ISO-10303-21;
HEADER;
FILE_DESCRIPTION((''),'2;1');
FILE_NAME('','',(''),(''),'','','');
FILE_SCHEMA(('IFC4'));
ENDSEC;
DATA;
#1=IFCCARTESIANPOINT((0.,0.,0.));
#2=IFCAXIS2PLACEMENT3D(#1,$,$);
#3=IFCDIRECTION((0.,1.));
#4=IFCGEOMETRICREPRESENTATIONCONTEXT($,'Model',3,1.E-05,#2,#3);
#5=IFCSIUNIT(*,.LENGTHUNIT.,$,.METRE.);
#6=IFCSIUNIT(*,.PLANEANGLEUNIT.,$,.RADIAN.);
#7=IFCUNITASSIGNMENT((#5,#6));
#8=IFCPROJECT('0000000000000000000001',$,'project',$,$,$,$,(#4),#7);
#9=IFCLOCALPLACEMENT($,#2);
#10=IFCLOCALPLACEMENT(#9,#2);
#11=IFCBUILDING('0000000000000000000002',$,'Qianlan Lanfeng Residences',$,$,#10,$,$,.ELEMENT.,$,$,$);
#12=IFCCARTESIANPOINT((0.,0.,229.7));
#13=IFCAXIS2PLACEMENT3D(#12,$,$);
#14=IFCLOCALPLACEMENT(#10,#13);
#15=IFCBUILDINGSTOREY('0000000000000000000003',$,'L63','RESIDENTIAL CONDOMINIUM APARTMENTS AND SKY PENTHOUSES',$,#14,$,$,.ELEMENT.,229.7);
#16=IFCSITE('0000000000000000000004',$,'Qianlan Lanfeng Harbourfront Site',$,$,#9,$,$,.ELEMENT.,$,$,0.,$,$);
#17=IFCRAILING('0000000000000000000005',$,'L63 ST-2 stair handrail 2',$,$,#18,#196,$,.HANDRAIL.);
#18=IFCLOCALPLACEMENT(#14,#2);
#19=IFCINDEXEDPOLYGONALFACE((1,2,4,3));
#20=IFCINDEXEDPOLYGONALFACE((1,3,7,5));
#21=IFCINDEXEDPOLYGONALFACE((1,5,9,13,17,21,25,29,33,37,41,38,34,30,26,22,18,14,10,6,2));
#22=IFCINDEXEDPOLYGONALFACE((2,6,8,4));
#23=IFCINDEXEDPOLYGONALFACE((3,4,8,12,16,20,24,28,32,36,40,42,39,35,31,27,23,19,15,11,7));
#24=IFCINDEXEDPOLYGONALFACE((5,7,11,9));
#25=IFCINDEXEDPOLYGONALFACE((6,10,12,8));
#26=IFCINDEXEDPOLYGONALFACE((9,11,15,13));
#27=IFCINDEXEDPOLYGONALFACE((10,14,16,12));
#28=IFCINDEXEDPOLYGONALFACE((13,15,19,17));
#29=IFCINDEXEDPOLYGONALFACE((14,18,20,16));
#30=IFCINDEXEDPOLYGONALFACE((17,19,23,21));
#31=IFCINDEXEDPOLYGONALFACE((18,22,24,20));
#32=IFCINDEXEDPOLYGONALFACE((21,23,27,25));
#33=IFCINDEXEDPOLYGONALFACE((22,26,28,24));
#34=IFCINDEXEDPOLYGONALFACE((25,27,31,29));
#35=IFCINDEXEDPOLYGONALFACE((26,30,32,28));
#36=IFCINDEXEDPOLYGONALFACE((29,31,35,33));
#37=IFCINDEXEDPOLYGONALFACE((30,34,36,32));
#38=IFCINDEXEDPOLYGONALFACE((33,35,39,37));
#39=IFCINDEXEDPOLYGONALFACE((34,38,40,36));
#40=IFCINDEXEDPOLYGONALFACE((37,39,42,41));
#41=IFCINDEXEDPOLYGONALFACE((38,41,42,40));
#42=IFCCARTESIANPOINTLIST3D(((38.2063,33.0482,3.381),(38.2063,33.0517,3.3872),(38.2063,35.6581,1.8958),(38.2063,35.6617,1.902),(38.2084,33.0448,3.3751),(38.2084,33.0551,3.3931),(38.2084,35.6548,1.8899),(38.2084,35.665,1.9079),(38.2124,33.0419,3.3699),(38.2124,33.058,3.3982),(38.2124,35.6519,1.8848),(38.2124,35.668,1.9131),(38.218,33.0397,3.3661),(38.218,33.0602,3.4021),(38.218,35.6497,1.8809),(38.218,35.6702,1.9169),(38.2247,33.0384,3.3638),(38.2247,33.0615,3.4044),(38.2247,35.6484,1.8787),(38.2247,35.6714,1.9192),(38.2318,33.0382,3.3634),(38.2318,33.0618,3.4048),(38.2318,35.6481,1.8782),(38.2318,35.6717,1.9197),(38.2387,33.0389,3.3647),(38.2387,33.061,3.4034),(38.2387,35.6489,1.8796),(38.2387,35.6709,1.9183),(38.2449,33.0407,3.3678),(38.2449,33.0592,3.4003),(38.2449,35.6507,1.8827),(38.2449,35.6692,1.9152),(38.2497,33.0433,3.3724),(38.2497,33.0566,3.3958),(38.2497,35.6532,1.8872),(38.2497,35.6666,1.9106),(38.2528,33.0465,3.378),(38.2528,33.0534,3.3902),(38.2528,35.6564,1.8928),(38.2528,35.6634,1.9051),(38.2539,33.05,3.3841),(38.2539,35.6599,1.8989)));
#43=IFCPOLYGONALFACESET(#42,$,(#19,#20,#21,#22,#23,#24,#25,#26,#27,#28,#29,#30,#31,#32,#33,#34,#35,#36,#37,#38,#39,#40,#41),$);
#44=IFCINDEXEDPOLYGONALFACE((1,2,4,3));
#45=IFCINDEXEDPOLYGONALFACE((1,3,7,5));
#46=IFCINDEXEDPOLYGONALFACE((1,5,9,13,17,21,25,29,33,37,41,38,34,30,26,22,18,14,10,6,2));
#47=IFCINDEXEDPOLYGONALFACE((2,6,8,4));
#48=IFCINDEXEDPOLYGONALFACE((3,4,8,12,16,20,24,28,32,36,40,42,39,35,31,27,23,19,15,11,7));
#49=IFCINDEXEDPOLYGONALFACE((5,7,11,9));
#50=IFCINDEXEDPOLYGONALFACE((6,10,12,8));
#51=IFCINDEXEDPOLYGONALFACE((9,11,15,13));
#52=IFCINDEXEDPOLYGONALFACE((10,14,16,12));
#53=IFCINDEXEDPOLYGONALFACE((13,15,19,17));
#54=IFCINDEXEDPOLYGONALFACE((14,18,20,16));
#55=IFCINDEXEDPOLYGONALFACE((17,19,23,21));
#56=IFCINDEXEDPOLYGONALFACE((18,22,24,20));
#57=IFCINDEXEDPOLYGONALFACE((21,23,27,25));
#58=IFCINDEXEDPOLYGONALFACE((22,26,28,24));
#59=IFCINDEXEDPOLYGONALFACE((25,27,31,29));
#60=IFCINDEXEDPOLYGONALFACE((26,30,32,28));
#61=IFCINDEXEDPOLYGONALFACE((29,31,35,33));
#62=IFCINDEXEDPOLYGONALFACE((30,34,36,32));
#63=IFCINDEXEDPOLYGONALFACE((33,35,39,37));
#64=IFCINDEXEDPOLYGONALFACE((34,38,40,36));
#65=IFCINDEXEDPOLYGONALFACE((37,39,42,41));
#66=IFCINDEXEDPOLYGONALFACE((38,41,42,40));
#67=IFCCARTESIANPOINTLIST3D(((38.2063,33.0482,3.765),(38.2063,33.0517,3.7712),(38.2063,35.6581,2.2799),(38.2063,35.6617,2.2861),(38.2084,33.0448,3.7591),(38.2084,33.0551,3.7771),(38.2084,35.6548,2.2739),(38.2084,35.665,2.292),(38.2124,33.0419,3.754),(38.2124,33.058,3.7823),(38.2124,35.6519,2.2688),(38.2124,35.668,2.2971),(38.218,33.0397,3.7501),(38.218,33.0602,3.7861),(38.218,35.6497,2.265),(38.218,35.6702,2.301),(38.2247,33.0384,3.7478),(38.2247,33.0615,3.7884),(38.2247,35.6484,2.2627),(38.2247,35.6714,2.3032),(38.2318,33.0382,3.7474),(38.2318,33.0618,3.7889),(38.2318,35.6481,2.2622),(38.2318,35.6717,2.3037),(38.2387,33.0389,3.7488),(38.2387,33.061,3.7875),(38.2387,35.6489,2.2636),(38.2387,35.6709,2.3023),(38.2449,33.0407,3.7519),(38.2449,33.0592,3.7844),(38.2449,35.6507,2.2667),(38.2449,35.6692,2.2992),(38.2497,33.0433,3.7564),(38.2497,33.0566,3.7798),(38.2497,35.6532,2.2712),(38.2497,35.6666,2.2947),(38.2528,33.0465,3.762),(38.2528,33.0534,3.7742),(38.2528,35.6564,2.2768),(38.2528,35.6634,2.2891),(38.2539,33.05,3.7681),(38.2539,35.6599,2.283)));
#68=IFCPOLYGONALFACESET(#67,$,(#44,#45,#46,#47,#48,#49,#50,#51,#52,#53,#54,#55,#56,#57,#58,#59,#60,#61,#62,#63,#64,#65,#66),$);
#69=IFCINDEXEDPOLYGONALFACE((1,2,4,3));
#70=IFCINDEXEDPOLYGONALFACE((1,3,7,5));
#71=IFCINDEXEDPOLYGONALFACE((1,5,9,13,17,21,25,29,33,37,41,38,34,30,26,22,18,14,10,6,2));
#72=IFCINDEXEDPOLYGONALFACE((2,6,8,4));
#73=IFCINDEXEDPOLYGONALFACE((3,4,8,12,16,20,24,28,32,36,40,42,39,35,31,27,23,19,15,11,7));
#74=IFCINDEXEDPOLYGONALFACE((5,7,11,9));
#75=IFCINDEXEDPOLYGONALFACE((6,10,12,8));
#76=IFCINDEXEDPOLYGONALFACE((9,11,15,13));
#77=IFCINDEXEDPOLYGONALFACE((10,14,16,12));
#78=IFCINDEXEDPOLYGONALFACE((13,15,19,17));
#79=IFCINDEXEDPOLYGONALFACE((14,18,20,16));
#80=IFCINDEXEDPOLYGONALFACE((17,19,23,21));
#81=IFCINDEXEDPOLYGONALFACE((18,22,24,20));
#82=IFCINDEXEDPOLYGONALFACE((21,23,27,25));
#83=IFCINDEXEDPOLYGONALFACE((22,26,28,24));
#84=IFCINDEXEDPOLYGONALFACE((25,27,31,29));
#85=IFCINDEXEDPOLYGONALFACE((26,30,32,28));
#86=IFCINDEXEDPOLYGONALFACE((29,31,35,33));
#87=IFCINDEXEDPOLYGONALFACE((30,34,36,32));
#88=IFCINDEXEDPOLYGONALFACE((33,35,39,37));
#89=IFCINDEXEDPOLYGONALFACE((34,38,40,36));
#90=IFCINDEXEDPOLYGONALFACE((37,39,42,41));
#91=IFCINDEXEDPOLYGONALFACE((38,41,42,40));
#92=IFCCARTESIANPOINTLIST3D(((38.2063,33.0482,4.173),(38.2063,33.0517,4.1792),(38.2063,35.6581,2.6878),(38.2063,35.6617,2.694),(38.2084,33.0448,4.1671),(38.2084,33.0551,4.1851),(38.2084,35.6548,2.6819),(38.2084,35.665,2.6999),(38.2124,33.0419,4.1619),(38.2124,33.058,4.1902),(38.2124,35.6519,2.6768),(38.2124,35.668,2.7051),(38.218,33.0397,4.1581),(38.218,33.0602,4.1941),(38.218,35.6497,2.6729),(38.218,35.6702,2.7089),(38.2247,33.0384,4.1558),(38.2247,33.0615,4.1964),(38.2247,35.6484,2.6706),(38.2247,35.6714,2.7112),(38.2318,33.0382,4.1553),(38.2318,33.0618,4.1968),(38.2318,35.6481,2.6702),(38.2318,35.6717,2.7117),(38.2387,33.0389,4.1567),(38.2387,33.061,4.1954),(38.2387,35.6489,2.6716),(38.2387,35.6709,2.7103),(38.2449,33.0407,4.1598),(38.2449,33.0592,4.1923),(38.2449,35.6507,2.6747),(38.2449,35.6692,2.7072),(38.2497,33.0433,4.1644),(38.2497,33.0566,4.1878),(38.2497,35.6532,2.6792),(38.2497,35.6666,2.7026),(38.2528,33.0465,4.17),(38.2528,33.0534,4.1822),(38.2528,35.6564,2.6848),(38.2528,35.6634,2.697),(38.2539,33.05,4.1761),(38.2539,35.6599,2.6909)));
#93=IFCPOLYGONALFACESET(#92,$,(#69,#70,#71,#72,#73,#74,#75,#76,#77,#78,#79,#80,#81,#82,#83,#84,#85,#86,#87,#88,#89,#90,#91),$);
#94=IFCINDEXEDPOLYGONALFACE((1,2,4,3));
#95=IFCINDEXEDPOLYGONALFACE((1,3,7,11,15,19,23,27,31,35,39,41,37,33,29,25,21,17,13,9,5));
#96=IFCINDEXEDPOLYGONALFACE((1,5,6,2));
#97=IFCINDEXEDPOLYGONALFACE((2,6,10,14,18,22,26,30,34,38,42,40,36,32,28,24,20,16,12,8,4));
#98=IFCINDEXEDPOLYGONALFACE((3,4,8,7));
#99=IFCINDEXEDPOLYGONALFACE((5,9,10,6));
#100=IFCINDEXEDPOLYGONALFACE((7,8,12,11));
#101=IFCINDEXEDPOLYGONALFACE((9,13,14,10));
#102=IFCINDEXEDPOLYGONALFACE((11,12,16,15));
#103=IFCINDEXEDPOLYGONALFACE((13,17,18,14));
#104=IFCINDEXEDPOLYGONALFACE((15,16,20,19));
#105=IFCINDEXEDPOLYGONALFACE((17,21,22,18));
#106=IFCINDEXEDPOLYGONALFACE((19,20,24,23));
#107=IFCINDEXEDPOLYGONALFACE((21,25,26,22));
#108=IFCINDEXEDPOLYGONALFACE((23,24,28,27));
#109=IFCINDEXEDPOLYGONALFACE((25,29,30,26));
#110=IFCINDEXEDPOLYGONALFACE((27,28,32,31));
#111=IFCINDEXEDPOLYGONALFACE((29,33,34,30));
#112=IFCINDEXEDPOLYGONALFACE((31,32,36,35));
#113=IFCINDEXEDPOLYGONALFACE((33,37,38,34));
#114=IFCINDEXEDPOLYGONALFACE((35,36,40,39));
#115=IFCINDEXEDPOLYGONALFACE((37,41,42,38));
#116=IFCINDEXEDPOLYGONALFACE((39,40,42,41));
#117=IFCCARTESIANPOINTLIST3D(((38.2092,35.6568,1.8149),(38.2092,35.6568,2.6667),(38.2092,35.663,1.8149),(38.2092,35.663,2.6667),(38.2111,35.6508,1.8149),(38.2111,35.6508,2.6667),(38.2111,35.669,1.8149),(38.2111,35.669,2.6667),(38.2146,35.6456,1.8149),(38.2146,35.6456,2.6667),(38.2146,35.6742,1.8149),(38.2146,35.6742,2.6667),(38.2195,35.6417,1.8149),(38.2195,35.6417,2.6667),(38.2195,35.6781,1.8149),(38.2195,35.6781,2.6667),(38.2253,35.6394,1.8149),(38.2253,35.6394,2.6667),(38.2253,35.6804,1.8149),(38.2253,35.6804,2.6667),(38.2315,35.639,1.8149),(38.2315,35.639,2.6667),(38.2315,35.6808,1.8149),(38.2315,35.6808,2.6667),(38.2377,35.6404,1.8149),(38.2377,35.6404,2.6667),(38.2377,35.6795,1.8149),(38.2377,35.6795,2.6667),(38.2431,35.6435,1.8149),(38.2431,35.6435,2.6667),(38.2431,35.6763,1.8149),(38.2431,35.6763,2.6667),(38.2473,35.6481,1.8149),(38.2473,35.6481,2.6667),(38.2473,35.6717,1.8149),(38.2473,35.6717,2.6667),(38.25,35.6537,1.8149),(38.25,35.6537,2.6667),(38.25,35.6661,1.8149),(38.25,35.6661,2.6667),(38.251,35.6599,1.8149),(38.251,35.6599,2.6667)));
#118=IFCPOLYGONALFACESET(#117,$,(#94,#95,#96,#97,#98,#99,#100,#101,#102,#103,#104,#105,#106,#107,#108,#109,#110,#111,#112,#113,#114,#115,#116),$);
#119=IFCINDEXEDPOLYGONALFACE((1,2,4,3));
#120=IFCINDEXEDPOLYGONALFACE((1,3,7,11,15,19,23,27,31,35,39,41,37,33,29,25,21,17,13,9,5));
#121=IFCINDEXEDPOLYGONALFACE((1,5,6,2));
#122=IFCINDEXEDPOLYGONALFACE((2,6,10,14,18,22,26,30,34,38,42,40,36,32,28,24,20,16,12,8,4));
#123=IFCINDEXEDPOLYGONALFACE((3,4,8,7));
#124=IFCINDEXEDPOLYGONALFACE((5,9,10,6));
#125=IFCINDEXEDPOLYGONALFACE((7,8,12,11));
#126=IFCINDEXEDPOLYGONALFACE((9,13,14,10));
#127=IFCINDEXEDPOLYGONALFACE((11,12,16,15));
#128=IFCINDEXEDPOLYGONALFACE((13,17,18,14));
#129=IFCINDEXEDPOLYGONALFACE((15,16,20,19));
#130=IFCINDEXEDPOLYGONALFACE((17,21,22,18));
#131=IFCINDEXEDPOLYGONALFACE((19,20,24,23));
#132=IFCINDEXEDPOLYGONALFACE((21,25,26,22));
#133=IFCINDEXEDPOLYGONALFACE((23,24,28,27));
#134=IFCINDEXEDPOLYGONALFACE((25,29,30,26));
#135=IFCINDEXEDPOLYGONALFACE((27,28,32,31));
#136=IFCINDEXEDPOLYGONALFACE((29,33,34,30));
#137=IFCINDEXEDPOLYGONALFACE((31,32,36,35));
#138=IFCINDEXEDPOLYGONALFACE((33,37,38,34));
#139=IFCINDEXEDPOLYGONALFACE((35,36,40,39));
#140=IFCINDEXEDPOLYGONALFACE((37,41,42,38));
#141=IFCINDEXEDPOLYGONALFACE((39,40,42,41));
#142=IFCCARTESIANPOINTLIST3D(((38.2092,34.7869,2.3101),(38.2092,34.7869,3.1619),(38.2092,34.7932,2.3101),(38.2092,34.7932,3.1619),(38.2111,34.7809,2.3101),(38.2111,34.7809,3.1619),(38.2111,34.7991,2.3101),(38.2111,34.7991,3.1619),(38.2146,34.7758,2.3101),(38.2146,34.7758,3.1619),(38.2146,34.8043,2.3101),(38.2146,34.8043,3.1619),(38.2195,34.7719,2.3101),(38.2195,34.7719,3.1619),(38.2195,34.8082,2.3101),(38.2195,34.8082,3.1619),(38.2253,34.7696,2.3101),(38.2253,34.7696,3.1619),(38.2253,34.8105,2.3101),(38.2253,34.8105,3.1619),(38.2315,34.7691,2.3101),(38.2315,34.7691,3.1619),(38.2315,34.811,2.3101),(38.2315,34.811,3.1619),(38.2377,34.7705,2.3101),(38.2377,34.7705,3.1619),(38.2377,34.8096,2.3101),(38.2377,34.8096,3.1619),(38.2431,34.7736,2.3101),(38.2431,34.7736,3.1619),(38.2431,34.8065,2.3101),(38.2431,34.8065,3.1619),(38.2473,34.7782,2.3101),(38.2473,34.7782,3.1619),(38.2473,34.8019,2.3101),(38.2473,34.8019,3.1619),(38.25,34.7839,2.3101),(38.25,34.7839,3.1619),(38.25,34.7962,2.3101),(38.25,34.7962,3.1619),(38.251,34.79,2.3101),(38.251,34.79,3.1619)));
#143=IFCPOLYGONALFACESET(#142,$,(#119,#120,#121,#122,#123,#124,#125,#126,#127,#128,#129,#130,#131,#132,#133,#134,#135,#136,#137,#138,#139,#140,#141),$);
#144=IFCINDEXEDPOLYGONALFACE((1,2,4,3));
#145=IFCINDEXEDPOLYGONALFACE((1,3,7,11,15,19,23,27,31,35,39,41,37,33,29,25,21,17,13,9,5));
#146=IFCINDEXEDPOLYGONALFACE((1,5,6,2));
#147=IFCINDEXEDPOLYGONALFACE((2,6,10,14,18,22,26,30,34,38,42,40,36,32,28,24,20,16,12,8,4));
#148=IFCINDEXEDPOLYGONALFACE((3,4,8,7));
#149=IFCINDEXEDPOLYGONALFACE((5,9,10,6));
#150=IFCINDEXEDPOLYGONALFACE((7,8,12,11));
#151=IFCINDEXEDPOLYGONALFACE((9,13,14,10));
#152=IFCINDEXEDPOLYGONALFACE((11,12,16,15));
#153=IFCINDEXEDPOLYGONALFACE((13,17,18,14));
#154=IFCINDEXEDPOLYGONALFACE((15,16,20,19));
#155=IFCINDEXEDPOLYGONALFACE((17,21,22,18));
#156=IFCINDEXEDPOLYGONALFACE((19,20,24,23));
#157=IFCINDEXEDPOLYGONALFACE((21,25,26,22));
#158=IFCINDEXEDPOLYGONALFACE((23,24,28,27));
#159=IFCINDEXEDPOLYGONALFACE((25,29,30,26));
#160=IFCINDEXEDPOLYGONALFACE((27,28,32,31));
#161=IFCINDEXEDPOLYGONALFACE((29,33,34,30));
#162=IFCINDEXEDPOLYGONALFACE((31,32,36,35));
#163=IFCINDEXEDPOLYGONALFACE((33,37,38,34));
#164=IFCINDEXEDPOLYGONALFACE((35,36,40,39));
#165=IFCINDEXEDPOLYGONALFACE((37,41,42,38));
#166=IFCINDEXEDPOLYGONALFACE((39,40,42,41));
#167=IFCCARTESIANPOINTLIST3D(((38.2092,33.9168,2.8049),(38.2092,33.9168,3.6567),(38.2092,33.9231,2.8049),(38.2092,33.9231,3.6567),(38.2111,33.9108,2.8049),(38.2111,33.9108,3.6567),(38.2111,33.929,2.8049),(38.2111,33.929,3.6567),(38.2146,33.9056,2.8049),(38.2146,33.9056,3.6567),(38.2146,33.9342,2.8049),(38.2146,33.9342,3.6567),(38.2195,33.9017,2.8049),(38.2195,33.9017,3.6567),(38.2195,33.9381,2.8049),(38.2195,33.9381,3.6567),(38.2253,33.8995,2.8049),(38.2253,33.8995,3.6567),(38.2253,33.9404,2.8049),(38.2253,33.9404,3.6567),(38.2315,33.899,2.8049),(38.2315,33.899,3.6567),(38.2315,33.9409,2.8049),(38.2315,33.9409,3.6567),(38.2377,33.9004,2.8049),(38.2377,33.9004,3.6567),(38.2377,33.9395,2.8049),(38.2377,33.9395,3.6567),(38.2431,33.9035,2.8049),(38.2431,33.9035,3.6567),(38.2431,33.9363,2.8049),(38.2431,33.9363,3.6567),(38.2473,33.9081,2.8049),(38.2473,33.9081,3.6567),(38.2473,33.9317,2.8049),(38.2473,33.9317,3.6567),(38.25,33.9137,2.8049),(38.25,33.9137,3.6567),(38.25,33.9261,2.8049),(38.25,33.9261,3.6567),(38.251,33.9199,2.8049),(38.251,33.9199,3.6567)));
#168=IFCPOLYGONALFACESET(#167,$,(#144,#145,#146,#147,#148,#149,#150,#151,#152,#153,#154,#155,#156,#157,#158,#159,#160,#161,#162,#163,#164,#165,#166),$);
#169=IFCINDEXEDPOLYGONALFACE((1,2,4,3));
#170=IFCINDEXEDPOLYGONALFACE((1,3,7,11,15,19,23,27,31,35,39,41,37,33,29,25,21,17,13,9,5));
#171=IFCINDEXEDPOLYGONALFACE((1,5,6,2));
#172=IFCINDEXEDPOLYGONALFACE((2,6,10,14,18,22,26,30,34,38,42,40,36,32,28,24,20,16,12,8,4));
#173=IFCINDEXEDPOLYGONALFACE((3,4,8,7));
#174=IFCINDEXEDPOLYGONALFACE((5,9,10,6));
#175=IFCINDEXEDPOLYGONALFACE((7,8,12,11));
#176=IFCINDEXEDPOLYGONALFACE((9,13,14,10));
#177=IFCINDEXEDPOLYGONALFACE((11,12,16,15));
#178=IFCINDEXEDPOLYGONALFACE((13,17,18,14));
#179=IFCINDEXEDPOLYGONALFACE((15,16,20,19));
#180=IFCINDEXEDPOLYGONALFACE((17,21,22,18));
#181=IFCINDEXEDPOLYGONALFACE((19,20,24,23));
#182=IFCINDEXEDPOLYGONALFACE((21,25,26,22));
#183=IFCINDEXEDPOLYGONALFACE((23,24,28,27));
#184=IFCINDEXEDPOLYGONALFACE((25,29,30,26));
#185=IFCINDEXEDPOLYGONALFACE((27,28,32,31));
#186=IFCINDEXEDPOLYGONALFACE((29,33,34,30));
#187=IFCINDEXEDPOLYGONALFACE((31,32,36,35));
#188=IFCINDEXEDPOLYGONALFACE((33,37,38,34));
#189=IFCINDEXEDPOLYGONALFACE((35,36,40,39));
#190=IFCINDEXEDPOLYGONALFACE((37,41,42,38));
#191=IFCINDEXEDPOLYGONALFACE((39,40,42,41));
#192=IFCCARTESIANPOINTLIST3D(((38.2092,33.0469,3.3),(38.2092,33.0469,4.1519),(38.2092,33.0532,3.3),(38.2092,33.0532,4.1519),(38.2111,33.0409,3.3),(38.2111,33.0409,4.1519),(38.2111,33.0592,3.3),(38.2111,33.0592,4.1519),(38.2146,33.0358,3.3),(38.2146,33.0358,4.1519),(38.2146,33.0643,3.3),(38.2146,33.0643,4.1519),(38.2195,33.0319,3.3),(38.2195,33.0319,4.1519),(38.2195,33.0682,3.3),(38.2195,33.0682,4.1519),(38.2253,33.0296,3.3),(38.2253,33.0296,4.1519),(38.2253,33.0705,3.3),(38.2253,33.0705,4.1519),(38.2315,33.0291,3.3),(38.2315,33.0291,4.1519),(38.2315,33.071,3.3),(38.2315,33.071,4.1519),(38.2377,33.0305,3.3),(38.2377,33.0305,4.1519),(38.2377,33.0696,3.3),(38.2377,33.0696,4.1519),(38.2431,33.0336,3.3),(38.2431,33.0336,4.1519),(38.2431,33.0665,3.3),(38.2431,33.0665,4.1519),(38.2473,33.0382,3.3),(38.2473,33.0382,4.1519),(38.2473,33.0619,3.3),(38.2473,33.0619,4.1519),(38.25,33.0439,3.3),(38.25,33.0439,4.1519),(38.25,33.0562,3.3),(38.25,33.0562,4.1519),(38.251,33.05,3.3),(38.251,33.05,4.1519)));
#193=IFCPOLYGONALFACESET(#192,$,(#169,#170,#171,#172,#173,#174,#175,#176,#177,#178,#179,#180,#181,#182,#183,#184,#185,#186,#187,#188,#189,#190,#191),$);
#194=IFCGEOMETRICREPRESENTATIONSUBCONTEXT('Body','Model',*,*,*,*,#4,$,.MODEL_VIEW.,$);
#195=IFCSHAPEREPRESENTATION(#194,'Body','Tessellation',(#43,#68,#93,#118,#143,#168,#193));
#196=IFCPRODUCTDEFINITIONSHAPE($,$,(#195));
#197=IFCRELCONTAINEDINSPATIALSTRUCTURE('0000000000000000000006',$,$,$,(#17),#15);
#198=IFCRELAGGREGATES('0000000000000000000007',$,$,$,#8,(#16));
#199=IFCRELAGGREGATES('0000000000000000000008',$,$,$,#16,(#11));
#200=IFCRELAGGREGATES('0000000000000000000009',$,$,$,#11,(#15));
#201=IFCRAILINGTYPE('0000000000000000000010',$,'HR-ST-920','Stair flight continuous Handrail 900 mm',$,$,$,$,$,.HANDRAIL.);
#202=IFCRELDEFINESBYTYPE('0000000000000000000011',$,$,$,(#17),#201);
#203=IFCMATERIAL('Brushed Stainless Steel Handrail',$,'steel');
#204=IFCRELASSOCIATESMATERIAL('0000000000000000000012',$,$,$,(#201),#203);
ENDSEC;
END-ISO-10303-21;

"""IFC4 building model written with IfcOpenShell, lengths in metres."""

from ifc_helpers import new_model, si_unit, direction, frame, origin, origin_2d, place, context, subcontext, project, spatial, circle, extrude, material, type_object, element, save


model = new_model("IFC4")

# Units and contexts
model_context = context("Model", 3, precision=1e-05, world=origin(), true_north=direction((0.0, 1.0)))
body_context = subcontext(model_context, "Body", "Model", "MODEL_VIEW")
ifc_project = project(units=[si_unit("LENGTHUNIT", "METRE"), si_unit("PLANEANGLEUNIT", "RADIAN")], contexts=[model_context])

# Site, building, storey
site_placement = place(None, origin())
site = spatial("IfcSite", under=ifc_project, at=site_placement, Name="Qianlan Lanfeng Harbourfront Site", CompositionType="ELEMENT", RefElevation=0.0)
building_placement = place(site_placement, origin())
building = spatial("IfcBuilding", under=site, at=building_placement, Name="Qianlan Lanfeng Residences", CompositionType="ELEMENT")
storey_placement = place(building_placement, frame((0.0, 0.0, 229.7)))
storey = spatial("IfcBuildingStorey", under=building, at=storey_placement, Name="L63", Description="RESIDENTIAL CONDOMINIUM APARTMENTS AND SKY PENTHOUSES", CompositionType="ELEMENT", Elevation=229.7)

# Railing
ifc_material_1 = material(Name="Brushed Stainless Steel Handrail", Category="steel")
railing_type_1 = type_object("IfcRailingType", Name="HR-ST-920", Description="Stair flight continuous Handrail 900 mm", PredefinedType="HANDRAIL", material=ifc_material_1)
railing_1_placement = place(storey_placement, frame((38.23, 35.6599, 1.8149)))
element("IfcRailing", 1, at=railing_1_placement, inside=storey, type_object=railing_type_1, Name="L63 ST-2 stair handrail 2", PredefinedType="HANDRAIL", context=body_context, shape_type="SweptSolid", body=[
    extrude(circle(Radius=0.0239, at=origin_2d()), frame((0.0, 0.0, 0.084), z_axis=(0.0, -0.869137, 0.494571), x_axis=(1.0, 0.0, 0.0)), (0.0, 0.0, 1.0), 3.0029),
    extrude(circle(Radius=0.0239, at=origin_2d()), frame((0.0, 0.0, 0.468), z_axis=(0.0, -0.869137, 0.494571), x_axis=(1.0, 0.0, 0.0)), (0.0, 0.0, 1.0), 3.0029),
    extrude(circle(Radius=0.0239, at=origin_2d()), frame((0.0, 0.0, 0.876), z_axis=(0.0, -0.869137, 0.494571), x_axis=(1.0, 0.0, 0.0)), (0.0, 0.0, 1.0), 3.0029),
    extrude(circle(Radius=0.021, at=origin_2d()), origin(), (0.0, 0.0, 1.0), 0.8518),
    extrude(circle(Radius=0.021, at=origin_2d()), frame((0.0, -0.8699, 0.4951)), (0.0, 0.0, 1.0), 0.8518),
    extrude(circle(Radius=0.021, at=origin_2d()), frame((0.0, -1.74, 0.99)), (0.0, 0.0, 1.0), 0.8518),
    extrude(circle(Radius=0.021, at=origin_2d()), frame((0.0, -2.6099, 1.4851)), (0.0, 0.0, 1.0), 0.8518),
])

save(model, "model.ifc")
